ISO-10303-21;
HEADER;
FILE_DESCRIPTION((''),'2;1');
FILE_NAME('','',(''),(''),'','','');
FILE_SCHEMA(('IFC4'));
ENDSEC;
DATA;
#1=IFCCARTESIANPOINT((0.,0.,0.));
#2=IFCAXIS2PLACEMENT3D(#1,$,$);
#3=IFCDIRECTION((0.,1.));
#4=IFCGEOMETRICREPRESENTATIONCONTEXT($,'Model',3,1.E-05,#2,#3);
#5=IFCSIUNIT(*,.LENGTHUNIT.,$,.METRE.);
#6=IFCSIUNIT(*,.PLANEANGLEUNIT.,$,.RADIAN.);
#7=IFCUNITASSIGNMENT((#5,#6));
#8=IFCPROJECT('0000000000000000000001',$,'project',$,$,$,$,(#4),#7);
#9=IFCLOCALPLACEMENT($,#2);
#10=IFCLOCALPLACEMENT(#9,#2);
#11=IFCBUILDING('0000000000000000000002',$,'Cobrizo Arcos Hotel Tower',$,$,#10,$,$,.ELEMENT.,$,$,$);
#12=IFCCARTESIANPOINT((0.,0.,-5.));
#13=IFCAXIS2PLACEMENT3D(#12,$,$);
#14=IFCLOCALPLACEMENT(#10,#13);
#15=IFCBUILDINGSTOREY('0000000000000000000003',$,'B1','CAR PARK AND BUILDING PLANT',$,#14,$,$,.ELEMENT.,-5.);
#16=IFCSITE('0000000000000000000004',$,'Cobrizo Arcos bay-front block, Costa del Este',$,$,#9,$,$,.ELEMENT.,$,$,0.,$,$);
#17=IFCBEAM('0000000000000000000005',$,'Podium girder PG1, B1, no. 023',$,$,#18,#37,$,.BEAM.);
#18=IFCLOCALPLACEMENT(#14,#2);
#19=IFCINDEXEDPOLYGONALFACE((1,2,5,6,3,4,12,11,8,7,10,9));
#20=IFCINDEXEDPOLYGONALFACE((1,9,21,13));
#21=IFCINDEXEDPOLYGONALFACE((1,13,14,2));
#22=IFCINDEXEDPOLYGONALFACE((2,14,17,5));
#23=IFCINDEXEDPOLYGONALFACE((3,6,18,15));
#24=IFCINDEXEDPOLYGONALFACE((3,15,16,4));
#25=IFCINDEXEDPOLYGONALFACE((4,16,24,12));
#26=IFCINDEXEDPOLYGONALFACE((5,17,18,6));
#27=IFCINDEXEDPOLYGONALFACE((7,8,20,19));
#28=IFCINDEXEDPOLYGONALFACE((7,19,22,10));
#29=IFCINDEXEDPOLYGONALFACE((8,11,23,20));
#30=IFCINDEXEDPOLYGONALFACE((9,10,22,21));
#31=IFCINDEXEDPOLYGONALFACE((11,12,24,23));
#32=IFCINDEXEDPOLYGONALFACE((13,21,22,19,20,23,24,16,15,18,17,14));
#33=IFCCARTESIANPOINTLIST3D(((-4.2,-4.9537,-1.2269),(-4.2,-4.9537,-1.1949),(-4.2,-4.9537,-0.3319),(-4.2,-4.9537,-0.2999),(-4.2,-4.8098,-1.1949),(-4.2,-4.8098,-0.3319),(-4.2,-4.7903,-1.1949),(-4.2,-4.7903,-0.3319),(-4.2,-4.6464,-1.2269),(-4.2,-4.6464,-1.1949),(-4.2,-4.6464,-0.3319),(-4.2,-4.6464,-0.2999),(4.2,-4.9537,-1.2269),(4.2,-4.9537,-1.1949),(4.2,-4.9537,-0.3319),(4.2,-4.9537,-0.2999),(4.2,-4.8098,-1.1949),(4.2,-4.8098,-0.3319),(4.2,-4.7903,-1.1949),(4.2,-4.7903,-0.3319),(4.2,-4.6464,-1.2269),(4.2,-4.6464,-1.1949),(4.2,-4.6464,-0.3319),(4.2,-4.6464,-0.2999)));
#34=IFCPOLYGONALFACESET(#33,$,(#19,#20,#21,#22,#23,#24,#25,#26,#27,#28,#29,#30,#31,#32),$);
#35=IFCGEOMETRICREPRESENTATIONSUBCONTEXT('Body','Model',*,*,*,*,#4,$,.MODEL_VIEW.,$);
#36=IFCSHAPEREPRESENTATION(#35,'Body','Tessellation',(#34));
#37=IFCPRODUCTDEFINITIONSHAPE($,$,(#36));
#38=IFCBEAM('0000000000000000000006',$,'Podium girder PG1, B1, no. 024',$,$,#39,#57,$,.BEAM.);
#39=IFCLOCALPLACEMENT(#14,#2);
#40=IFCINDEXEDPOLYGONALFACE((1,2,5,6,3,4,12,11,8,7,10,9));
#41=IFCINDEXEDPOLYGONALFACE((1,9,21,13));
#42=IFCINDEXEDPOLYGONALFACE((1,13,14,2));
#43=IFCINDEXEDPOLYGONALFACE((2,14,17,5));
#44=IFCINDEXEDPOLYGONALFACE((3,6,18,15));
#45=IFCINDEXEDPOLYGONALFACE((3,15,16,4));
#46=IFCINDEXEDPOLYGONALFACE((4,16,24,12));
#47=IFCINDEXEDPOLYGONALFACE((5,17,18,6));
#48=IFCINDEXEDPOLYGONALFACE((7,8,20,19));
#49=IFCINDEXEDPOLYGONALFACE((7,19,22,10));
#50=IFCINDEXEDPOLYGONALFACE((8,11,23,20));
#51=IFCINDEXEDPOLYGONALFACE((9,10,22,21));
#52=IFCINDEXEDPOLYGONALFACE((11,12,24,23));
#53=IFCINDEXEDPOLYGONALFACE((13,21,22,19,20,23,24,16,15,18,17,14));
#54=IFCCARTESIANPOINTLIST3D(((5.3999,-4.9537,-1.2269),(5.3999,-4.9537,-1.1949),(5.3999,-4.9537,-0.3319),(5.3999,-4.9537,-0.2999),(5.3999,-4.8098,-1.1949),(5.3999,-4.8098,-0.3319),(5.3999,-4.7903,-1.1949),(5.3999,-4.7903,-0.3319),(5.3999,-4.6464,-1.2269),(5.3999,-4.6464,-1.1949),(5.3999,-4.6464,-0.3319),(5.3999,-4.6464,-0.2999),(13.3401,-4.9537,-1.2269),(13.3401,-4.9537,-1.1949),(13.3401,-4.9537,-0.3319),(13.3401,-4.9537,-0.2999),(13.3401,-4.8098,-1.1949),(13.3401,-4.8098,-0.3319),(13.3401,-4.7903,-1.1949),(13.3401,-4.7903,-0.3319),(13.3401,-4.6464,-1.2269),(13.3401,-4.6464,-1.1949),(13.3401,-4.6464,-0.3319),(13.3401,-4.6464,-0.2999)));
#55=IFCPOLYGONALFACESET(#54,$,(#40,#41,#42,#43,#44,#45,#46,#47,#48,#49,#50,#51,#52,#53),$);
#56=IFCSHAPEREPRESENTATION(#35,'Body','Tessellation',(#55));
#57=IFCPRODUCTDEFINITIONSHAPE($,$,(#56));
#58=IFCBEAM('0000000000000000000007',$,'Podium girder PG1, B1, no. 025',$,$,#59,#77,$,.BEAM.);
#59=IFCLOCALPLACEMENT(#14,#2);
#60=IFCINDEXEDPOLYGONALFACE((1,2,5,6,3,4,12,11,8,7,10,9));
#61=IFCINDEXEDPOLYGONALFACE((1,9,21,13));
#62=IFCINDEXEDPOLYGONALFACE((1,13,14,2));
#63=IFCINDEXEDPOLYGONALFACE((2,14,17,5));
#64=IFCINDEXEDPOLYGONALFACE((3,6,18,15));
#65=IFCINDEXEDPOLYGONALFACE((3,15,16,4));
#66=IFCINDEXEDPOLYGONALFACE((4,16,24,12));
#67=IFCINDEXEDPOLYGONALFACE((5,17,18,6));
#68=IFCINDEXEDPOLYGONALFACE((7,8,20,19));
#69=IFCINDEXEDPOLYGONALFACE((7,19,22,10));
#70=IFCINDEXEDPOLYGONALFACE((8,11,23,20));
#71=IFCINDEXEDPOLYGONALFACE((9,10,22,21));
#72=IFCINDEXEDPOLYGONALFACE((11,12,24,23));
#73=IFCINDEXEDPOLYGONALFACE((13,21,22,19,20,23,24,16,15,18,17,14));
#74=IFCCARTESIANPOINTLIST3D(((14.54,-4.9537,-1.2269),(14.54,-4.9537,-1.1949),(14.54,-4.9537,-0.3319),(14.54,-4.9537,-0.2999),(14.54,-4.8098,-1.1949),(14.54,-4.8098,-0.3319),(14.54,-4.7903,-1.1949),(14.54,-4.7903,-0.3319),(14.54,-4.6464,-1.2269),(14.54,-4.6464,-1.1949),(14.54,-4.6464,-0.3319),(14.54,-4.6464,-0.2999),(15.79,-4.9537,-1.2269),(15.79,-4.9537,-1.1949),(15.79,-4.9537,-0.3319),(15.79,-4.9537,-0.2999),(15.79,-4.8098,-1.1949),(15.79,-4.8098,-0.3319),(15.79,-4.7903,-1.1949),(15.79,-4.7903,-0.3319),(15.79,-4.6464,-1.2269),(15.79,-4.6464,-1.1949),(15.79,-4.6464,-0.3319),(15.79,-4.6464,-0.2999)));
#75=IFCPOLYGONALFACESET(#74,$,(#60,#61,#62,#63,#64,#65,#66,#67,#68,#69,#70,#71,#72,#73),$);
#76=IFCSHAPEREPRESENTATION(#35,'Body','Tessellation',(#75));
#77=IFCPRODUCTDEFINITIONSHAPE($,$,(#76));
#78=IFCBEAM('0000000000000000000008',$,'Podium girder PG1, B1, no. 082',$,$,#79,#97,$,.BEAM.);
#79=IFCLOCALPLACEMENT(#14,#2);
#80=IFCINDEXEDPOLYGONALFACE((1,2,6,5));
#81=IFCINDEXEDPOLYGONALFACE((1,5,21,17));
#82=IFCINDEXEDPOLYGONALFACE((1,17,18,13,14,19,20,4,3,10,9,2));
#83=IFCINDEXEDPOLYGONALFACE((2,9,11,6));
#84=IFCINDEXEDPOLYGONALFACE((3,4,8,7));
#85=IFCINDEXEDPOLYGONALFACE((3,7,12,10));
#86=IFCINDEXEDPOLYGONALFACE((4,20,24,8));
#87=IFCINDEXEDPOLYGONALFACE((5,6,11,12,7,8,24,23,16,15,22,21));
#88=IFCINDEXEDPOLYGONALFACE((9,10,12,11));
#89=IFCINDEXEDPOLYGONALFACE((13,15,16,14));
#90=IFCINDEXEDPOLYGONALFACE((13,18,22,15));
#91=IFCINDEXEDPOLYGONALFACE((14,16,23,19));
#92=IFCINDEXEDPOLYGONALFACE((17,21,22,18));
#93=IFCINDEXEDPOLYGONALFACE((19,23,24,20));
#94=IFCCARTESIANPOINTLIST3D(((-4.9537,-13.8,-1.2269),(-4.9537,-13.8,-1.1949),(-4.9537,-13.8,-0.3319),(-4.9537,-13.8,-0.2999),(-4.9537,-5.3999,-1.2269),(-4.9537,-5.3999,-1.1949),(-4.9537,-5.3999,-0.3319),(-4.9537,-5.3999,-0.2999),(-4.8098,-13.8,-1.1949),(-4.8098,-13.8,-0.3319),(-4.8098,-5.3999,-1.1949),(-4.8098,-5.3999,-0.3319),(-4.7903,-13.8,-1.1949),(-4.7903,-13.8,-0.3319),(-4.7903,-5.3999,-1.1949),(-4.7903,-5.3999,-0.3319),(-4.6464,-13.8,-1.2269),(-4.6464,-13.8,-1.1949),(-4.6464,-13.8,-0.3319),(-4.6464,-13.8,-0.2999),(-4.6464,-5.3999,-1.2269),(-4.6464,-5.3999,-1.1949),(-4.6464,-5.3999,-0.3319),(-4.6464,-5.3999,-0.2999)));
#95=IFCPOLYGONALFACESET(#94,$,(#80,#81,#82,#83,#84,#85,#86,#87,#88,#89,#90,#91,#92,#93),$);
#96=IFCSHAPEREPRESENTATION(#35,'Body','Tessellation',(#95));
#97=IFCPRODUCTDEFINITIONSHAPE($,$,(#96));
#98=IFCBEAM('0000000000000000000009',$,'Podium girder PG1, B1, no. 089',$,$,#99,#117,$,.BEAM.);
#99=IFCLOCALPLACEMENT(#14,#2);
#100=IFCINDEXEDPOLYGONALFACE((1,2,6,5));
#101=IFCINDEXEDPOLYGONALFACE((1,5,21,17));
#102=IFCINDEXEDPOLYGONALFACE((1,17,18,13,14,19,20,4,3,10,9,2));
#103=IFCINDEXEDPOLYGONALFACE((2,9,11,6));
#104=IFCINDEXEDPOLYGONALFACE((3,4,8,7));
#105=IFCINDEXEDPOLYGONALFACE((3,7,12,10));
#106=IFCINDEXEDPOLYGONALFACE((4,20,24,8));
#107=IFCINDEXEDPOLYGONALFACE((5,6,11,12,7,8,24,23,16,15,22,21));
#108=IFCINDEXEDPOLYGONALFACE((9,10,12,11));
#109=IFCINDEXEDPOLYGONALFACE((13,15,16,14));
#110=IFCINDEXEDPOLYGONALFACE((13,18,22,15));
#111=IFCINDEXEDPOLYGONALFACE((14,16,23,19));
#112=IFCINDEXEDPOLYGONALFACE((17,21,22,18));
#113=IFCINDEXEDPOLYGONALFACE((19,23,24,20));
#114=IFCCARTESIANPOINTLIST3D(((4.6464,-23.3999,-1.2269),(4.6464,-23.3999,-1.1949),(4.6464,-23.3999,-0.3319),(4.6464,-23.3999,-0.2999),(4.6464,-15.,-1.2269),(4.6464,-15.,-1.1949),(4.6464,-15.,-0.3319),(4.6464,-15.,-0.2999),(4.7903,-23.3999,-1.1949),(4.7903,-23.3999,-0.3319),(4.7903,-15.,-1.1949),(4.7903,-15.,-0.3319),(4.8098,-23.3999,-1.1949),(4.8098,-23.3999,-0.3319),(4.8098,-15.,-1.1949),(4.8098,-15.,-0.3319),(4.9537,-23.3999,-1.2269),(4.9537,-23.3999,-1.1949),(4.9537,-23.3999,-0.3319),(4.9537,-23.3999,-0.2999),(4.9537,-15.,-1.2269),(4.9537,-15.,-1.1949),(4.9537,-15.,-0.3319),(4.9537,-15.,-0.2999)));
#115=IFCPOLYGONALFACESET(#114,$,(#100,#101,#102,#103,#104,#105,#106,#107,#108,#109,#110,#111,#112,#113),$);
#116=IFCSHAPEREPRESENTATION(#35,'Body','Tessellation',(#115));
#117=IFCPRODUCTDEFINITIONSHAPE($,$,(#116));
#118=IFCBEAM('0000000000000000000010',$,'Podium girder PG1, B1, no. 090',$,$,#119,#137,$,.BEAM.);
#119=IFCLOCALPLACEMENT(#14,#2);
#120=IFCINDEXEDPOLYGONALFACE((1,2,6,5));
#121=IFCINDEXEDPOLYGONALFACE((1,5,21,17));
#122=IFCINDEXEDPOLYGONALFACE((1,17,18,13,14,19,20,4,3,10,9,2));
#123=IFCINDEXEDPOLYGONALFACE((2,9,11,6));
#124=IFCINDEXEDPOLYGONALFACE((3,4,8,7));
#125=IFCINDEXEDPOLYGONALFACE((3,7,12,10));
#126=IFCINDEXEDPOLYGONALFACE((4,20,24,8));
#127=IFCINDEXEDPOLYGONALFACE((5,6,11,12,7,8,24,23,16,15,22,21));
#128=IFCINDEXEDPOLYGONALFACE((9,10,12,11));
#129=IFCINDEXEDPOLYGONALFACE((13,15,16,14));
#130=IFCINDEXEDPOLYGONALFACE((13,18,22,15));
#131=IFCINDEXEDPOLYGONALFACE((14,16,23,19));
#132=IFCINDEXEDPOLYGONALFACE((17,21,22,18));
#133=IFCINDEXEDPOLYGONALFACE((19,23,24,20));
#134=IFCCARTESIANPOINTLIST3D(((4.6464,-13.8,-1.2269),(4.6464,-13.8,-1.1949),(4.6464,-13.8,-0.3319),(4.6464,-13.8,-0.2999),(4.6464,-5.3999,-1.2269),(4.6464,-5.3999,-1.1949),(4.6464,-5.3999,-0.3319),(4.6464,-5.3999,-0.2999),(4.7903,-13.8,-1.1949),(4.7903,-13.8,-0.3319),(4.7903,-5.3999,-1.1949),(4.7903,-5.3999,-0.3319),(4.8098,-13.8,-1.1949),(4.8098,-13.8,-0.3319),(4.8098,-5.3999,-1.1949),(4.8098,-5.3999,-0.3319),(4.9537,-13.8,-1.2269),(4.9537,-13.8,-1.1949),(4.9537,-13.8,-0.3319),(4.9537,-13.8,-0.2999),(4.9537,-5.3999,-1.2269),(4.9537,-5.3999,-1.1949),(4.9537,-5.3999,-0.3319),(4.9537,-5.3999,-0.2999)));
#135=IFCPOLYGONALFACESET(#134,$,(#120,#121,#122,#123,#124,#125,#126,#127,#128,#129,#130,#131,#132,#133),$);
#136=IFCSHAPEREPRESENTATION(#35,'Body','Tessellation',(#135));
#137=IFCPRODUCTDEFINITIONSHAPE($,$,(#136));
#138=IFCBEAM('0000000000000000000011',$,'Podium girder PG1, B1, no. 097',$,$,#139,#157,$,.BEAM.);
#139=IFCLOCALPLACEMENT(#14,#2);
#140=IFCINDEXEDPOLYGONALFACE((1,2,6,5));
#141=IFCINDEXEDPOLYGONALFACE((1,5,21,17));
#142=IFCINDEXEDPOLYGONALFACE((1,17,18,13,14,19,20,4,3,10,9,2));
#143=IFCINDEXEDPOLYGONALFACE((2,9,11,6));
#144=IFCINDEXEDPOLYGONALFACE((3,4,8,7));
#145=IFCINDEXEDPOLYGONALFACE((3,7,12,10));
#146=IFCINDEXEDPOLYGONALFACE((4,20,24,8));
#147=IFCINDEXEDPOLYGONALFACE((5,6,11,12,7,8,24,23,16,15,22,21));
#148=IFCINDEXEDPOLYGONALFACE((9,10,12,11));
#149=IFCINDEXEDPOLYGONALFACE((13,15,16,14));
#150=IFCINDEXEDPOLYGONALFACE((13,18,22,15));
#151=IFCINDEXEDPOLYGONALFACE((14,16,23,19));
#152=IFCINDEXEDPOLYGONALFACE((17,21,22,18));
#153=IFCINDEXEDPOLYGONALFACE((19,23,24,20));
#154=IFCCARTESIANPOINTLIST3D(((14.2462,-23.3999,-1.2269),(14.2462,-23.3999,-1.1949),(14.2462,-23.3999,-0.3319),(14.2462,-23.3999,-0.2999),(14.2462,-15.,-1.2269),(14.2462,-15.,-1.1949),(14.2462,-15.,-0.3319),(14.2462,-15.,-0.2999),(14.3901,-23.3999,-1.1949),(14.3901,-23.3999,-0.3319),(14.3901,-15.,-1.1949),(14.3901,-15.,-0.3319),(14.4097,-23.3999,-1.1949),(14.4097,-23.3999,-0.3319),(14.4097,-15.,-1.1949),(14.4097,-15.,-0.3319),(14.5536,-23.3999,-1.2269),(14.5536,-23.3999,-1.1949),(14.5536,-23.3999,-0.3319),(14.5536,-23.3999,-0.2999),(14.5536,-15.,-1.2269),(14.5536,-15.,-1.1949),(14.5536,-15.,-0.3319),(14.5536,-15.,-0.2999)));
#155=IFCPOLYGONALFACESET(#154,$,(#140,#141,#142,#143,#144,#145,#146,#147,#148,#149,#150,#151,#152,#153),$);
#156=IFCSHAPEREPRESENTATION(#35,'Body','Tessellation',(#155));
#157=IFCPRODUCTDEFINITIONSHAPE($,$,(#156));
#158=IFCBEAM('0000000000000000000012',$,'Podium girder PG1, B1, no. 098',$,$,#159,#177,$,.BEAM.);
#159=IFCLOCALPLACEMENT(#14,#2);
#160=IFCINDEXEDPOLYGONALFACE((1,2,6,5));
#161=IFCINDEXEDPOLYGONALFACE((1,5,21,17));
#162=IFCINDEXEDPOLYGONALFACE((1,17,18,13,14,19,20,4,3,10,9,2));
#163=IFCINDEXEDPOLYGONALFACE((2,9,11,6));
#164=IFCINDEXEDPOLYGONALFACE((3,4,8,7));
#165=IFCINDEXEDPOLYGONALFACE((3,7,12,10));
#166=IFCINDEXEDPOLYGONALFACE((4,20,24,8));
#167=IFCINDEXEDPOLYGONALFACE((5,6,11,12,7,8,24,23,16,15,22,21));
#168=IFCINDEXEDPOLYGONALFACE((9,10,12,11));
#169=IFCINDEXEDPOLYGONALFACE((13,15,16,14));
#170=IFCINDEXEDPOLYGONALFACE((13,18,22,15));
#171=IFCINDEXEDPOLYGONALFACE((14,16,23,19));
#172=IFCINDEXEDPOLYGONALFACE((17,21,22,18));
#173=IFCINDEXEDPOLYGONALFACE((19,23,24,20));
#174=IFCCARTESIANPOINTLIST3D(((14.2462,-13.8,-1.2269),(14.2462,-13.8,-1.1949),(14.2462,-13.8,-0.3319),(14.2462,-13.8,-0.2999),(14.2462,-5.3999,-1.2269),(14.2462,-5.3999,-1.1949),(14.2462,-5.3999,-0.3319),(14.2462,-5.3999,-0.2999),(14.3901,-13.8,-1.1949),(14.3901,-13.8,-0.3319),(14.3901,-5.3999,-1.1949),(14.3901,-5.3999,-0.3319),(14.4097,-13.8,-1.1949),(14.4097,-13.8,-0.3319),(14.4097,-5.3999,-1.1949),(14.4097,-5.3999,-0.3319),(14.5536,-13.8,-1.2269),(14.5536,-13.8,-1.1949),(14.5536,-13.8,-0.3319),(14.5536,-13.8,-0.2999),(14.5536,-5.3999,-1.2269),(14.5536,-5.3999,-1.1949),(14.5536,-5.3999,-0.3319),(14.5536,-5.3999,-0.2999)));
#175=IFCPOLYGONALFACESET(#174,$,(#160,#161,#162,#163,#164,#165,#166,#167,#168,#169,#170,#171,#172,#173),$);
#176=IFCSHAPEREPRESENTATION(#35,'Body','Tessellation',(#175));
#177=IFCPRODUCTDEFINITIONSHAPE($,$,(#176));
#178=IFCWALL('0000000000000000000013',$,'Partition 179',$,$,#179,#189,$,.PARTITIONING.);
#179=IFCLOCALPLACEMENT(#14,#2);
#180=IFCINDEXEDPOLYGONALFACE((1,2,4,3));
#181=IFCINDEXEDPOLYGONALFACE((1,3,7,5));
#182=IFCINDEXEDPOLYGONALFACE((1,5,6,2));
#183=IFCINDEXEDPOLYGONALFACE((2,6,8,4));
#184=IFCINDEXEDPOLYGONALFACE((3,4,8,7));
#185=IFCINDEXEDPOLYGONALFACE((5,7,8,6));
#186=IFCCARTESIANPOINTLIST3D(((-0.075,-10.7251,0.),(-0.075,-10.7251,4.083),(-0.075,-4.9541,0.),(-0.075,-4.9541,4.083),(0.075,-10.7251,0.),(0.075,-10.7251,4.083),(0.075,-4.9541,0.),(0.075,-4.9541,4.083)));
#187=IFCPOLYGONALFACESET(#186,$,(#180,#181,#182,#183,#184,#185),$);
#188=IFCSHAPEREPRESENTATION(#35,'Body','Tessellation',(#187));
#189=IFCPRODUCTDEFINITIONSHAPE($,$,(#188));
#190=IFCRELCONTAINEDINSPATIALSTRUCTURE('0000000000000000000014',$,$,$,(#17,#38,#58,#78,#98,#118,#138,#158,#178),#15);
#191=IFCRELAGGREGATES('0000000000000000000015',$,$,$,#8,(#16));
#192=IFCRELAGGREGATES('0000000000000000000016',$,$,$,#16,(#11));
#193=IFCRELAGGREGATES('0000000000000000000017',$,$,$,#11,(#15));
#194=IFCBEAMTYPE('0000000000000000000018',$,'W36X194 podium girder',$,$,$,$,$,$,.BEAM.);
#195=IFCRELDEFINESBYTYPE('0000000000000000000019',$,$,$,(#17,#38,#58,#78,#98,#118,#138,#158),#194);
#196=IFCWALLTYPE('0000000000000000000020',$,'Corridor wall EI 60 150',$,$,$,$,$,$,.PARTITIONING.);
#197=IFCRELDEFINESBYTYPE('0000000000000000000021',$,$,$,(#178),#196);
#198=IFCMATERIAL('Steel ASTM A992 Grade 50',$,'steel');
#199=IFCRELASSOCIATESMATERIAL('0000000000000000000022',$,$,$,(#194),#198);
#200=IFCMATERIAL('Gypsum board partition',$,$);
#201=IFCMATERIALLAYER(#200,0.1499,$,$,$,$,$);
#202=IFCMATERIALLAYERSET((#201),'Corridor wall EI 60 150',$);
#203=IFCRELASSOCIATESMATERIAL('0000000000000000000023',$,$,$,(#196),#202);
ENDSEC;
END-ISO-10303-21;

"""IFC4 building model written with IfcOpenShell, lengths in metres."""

from ifc_helpers import new_model, si_unit, direction, frame, frame_2d, origin, origin_2d, place, context, subcontext, project, spatial, rectangle, i_section, extrude, material, layer, layer_set, material_profile, profile_set, type_object, element, save


model = new_model("IFC4")

# Units and contexts
model_context = context("Model", 3, precision=1e-05, world=origin(), true_north=direction((0.0, 1.0)))
body_context = subcontext(model_context, "Body", "Model", "MODEL_VIEW")
ifc_project = project(units=[si_unit("LENGTHUNIT", "METRE"), si_unit("PLANEANGLEUNIT", "RADIAN")], contexts=[model_context])

# Site, building, storey
site_placement = place(None, origin())
site = spatial("IfcSite", under=ifc_project, at=site_placement, Name="Cobrizo Arcos bay-front block, Costa del Este", CompositionType="ELEMENT", RefElevation=0.0)
building_placement = place(site_placement, origin())
building = spatial("IfcBuilding", under=site, at=building_placement, Name="Cobrizo Arcos Hotel Tower", CompositionType="ELEMENT")
storey_placement = place(building_placement, frame((0.0, 0.0, -5.0)))
storey = spatial("IfcBuildingStorey", under=building, at=storey_placement, Name="B1", Description="CAR PARK AND BUILDING PLANT", CompositionType="ELEMENT", Elevation=-5.0)

# Beams
ifc_material_1 = material(Name="Steel ASTM A992 Grade 50", Category="steel")
ifc_material_profile_1 = material_profile(ifc_material_1, i_section(OverallWidth=0.3074, OverallDepth=0.927, WebThickness=0.0195, FlangeThickness=0.032, at=origin_2d()), Name="W36X194")
ifc_profile_set_1 = profile_set([ifc_material_profile_1], Name="Steel ASTM A992 Grade 50")
beam_type_1 = type_object("IfcBeamType", Name="W36X194 podium girder", PredefinedType="BEAM", material=ifc_profile_set_1)
for number, where, z_axis, x_axis, name in (
    (1, (-4.2, -4.8, -0.7634), (1.0, 0.0, 0.0), (0.0, 1.0, 0.0), "Podium girder PG1, B1, no. 023"),
):
    element("IfcBeam", number, at=place(storey_placement, frame(where, z_axis=z_axis, x_axis=x_axis)), inside=storey, type_object=beam_type_1, Name=name, PredefinedType="BEAM", context=body_context, shape_type="SweptSolid", body=[
        extrude(i_section(OverallWidth=0.3074, OverallDepth=0.927, WebThickness=0.0195, FlangeThickness=0.032, at=origin_2d()), origin(), (0.0, 0.0, 1.0), 8.3999),
    ])
beam_1_placement = place(storey_placement, frame((5.3999, -4.8, -0.7634), z_axis=(1.0, 0.0, 0.0), x_axis=(0.0, 1.0, 0.0)))
element("IfcBeam", 2, at=beam_1_placement, inside=storey, type_object=beam_type_1, Name="Podium girder PG1, B1, no. 024", PredefinedType="BEAM", context=body_context, shape_type="SweptSolid", body=[
    extrude(i_section(OverallWidth=0.3074, OverallDepth=0.927, WebThickness=0.0195, FlangeThickness=0.032, at=origin_2d()), origin(), (0.0, 0.0, 1.0), 7.9402),
])
beam_2_placement = place(storey_placement, frame((14.54, -4.8, -0.7634), z_axis=(1.0, 0.0, 0.0), x_axis=(0.0, 1.0, 0.0)))
element("IfcBeam", 3, at=beam_2_placement, inside=storey, type_object=beam_type_1, Name="Podium girder PG1, B1, no. 025", PredefinedType="BEAM", context=body_context, shape_type="SweptSolid", body=[
    extrude(i_section(OverallWidth=0.3074, OverallDepth=0.927, WebThickness=0.0195, FlangeThickness=0.032, at=origin_2d()), origin(), (0.0, 0.0, 1.0), 1.25),
])
beam_3_placement = place(storey_placement, frame((-4.8, -13.8, -0.7634), z_axis=(0.0, 1.0, 0.0), x_axis=(-1.0, 0.0, 0.0)))
element("IfcBeam", 4, at=beam_3_placement, inside=storey, type_object=beam_type_1, Name="Podium girder PG1, B1, no. 082", PredefinedType="BEAM", context=body_context, shape_type="SweptSolid", body=[
    extrude(i_section(OverallWidth=0.3074, OverallDepth=0.927, WebThickness=0.0195, FlangeThickness=0.032, at=origin_2d()), origin(), (0.0, 0.0, 1.0), 8.4001),
])
beam_4_placement = place(storey_placement, frame((4.8, -23.3999, -0.7634), z_axis=(0.0, 1.0, 0.0), x_axis=(-1.0, 0.0, 0.0)))
element("IfcBeam", 5, at=beam_4_placement, inside=storey, type_object=beam_type_1, Name="Podium girder PG1, B1, no. 089", PredefinedType="BEAM", context=body_context, shape_type="SweptSolid", body=[
    extrude(i_section(OverallWidth=0.3074, OverallDepth=0.927, WebThickness=0.0195, FlangeThickness=0.032, at=origin_2d()), origin(), (0.0, 0.0, 1.0), 8.3999),
])
beam_5_placement = place(storey_placement, frame((4.8, -13.8, -0.7634), z_axis=(0.0, 1.0, 0.0), x_axis=(-1.0, 0.0, 0.0)))
element("IfcBeam", 6, at=beam_5_placement, inside=storey, type_object=beam_type_1, Name="Podium girder PG1, B1, no. 090", PredefinedType="BEAM", context=body_context, shape_type="SweptSolid", body=[
    extrude(i_section(OverallWidth=0.3074, OverallDepth=0.927, WebThickness=0.0195, FlangeThickness=0.032, at=origin_2d()), origin(), (0.0, 0.0, 1.0), 8.4001),
])
beam_6_placement = place(storey_placement, frame((14.3999, -23.3999, -0.7634), z_axis=(0.0, 1.0, 0.0), x_axis=(-1.0, 0.0, 0.0)))
element("IfcBeam", 7, at=beam_6_placement, inside=storey, type_object=beam_type_1, Name="Podium girder PG1, B1, no. 097", PredefinedType="BEAM", context=body_context, shape_type="SweptSolid", body=[
    extrude(i_section(OverallWidth=0.3074, OverallDepth=0.927, WebThickness=0.0195, FlangeThickness=0.032, at=origin_2d()), origin(), (0.0, 0.0, 1.0), 8.3999),
])
beam_7_placement = place(storey_placement, frame((14.3999, -13.8, -0.7634), z_axis=(0.0, 1.0, 0.0), x_axis=(-1.0, 0.0, 0.0)))
element("IfcBeam", 8, at=beam_7_placement, inside=storey, type_object=beam_type_1, Name="Podium girder PG1, B1, no. 098", PredefinedType="BEAM", context=body_context, shape_type="SweptSolid", body=[
    extrude(i_section(OverallWidth=0.3074, OverallDepth=0.927, WebThickness=0.0195, FlangeThickness=0.032, at=origin_2d()), origin(), (0.0, 0.0, 1.0), 8.4001),
])

# Wall
ifc_material_2 = material(Name="Gypsum board partition")
ifc_layer_1 = layer(ifc_material_2, 0.1499)
ifc_layer_set_1 = layer_set([ifc_layer_1], Name="Corridor wall EI 60 150")
wall_type_1 = type_object("IfcWallType", Name="Corridor wall EI 60 150", PredefinedType="PARTITIONING", material=ifc_layer_set_1)
wall_1_placement = place(storey_placement, frame((0.0, -10.7251, 0.0), z_axis=(0.0, 0.0, 1.0), x_axis=(0.0, 1.0, 0.0)))
element("IfcWall", 9, at=wall_1_placement, inside=storey, type_object=wall_type_1, Name="Partition 179", PredefinedType="PARTITIONING", context=body_context, shape_type="SweptSolid", body=[
    extrude(rectangle(XDim=5.771, YDim=0.1499, at=frame_2d((2.8855, 0.0))), origin(), (0.0, 0.0, 1.0), 4.083),
])

save(model, "model.ifc")
